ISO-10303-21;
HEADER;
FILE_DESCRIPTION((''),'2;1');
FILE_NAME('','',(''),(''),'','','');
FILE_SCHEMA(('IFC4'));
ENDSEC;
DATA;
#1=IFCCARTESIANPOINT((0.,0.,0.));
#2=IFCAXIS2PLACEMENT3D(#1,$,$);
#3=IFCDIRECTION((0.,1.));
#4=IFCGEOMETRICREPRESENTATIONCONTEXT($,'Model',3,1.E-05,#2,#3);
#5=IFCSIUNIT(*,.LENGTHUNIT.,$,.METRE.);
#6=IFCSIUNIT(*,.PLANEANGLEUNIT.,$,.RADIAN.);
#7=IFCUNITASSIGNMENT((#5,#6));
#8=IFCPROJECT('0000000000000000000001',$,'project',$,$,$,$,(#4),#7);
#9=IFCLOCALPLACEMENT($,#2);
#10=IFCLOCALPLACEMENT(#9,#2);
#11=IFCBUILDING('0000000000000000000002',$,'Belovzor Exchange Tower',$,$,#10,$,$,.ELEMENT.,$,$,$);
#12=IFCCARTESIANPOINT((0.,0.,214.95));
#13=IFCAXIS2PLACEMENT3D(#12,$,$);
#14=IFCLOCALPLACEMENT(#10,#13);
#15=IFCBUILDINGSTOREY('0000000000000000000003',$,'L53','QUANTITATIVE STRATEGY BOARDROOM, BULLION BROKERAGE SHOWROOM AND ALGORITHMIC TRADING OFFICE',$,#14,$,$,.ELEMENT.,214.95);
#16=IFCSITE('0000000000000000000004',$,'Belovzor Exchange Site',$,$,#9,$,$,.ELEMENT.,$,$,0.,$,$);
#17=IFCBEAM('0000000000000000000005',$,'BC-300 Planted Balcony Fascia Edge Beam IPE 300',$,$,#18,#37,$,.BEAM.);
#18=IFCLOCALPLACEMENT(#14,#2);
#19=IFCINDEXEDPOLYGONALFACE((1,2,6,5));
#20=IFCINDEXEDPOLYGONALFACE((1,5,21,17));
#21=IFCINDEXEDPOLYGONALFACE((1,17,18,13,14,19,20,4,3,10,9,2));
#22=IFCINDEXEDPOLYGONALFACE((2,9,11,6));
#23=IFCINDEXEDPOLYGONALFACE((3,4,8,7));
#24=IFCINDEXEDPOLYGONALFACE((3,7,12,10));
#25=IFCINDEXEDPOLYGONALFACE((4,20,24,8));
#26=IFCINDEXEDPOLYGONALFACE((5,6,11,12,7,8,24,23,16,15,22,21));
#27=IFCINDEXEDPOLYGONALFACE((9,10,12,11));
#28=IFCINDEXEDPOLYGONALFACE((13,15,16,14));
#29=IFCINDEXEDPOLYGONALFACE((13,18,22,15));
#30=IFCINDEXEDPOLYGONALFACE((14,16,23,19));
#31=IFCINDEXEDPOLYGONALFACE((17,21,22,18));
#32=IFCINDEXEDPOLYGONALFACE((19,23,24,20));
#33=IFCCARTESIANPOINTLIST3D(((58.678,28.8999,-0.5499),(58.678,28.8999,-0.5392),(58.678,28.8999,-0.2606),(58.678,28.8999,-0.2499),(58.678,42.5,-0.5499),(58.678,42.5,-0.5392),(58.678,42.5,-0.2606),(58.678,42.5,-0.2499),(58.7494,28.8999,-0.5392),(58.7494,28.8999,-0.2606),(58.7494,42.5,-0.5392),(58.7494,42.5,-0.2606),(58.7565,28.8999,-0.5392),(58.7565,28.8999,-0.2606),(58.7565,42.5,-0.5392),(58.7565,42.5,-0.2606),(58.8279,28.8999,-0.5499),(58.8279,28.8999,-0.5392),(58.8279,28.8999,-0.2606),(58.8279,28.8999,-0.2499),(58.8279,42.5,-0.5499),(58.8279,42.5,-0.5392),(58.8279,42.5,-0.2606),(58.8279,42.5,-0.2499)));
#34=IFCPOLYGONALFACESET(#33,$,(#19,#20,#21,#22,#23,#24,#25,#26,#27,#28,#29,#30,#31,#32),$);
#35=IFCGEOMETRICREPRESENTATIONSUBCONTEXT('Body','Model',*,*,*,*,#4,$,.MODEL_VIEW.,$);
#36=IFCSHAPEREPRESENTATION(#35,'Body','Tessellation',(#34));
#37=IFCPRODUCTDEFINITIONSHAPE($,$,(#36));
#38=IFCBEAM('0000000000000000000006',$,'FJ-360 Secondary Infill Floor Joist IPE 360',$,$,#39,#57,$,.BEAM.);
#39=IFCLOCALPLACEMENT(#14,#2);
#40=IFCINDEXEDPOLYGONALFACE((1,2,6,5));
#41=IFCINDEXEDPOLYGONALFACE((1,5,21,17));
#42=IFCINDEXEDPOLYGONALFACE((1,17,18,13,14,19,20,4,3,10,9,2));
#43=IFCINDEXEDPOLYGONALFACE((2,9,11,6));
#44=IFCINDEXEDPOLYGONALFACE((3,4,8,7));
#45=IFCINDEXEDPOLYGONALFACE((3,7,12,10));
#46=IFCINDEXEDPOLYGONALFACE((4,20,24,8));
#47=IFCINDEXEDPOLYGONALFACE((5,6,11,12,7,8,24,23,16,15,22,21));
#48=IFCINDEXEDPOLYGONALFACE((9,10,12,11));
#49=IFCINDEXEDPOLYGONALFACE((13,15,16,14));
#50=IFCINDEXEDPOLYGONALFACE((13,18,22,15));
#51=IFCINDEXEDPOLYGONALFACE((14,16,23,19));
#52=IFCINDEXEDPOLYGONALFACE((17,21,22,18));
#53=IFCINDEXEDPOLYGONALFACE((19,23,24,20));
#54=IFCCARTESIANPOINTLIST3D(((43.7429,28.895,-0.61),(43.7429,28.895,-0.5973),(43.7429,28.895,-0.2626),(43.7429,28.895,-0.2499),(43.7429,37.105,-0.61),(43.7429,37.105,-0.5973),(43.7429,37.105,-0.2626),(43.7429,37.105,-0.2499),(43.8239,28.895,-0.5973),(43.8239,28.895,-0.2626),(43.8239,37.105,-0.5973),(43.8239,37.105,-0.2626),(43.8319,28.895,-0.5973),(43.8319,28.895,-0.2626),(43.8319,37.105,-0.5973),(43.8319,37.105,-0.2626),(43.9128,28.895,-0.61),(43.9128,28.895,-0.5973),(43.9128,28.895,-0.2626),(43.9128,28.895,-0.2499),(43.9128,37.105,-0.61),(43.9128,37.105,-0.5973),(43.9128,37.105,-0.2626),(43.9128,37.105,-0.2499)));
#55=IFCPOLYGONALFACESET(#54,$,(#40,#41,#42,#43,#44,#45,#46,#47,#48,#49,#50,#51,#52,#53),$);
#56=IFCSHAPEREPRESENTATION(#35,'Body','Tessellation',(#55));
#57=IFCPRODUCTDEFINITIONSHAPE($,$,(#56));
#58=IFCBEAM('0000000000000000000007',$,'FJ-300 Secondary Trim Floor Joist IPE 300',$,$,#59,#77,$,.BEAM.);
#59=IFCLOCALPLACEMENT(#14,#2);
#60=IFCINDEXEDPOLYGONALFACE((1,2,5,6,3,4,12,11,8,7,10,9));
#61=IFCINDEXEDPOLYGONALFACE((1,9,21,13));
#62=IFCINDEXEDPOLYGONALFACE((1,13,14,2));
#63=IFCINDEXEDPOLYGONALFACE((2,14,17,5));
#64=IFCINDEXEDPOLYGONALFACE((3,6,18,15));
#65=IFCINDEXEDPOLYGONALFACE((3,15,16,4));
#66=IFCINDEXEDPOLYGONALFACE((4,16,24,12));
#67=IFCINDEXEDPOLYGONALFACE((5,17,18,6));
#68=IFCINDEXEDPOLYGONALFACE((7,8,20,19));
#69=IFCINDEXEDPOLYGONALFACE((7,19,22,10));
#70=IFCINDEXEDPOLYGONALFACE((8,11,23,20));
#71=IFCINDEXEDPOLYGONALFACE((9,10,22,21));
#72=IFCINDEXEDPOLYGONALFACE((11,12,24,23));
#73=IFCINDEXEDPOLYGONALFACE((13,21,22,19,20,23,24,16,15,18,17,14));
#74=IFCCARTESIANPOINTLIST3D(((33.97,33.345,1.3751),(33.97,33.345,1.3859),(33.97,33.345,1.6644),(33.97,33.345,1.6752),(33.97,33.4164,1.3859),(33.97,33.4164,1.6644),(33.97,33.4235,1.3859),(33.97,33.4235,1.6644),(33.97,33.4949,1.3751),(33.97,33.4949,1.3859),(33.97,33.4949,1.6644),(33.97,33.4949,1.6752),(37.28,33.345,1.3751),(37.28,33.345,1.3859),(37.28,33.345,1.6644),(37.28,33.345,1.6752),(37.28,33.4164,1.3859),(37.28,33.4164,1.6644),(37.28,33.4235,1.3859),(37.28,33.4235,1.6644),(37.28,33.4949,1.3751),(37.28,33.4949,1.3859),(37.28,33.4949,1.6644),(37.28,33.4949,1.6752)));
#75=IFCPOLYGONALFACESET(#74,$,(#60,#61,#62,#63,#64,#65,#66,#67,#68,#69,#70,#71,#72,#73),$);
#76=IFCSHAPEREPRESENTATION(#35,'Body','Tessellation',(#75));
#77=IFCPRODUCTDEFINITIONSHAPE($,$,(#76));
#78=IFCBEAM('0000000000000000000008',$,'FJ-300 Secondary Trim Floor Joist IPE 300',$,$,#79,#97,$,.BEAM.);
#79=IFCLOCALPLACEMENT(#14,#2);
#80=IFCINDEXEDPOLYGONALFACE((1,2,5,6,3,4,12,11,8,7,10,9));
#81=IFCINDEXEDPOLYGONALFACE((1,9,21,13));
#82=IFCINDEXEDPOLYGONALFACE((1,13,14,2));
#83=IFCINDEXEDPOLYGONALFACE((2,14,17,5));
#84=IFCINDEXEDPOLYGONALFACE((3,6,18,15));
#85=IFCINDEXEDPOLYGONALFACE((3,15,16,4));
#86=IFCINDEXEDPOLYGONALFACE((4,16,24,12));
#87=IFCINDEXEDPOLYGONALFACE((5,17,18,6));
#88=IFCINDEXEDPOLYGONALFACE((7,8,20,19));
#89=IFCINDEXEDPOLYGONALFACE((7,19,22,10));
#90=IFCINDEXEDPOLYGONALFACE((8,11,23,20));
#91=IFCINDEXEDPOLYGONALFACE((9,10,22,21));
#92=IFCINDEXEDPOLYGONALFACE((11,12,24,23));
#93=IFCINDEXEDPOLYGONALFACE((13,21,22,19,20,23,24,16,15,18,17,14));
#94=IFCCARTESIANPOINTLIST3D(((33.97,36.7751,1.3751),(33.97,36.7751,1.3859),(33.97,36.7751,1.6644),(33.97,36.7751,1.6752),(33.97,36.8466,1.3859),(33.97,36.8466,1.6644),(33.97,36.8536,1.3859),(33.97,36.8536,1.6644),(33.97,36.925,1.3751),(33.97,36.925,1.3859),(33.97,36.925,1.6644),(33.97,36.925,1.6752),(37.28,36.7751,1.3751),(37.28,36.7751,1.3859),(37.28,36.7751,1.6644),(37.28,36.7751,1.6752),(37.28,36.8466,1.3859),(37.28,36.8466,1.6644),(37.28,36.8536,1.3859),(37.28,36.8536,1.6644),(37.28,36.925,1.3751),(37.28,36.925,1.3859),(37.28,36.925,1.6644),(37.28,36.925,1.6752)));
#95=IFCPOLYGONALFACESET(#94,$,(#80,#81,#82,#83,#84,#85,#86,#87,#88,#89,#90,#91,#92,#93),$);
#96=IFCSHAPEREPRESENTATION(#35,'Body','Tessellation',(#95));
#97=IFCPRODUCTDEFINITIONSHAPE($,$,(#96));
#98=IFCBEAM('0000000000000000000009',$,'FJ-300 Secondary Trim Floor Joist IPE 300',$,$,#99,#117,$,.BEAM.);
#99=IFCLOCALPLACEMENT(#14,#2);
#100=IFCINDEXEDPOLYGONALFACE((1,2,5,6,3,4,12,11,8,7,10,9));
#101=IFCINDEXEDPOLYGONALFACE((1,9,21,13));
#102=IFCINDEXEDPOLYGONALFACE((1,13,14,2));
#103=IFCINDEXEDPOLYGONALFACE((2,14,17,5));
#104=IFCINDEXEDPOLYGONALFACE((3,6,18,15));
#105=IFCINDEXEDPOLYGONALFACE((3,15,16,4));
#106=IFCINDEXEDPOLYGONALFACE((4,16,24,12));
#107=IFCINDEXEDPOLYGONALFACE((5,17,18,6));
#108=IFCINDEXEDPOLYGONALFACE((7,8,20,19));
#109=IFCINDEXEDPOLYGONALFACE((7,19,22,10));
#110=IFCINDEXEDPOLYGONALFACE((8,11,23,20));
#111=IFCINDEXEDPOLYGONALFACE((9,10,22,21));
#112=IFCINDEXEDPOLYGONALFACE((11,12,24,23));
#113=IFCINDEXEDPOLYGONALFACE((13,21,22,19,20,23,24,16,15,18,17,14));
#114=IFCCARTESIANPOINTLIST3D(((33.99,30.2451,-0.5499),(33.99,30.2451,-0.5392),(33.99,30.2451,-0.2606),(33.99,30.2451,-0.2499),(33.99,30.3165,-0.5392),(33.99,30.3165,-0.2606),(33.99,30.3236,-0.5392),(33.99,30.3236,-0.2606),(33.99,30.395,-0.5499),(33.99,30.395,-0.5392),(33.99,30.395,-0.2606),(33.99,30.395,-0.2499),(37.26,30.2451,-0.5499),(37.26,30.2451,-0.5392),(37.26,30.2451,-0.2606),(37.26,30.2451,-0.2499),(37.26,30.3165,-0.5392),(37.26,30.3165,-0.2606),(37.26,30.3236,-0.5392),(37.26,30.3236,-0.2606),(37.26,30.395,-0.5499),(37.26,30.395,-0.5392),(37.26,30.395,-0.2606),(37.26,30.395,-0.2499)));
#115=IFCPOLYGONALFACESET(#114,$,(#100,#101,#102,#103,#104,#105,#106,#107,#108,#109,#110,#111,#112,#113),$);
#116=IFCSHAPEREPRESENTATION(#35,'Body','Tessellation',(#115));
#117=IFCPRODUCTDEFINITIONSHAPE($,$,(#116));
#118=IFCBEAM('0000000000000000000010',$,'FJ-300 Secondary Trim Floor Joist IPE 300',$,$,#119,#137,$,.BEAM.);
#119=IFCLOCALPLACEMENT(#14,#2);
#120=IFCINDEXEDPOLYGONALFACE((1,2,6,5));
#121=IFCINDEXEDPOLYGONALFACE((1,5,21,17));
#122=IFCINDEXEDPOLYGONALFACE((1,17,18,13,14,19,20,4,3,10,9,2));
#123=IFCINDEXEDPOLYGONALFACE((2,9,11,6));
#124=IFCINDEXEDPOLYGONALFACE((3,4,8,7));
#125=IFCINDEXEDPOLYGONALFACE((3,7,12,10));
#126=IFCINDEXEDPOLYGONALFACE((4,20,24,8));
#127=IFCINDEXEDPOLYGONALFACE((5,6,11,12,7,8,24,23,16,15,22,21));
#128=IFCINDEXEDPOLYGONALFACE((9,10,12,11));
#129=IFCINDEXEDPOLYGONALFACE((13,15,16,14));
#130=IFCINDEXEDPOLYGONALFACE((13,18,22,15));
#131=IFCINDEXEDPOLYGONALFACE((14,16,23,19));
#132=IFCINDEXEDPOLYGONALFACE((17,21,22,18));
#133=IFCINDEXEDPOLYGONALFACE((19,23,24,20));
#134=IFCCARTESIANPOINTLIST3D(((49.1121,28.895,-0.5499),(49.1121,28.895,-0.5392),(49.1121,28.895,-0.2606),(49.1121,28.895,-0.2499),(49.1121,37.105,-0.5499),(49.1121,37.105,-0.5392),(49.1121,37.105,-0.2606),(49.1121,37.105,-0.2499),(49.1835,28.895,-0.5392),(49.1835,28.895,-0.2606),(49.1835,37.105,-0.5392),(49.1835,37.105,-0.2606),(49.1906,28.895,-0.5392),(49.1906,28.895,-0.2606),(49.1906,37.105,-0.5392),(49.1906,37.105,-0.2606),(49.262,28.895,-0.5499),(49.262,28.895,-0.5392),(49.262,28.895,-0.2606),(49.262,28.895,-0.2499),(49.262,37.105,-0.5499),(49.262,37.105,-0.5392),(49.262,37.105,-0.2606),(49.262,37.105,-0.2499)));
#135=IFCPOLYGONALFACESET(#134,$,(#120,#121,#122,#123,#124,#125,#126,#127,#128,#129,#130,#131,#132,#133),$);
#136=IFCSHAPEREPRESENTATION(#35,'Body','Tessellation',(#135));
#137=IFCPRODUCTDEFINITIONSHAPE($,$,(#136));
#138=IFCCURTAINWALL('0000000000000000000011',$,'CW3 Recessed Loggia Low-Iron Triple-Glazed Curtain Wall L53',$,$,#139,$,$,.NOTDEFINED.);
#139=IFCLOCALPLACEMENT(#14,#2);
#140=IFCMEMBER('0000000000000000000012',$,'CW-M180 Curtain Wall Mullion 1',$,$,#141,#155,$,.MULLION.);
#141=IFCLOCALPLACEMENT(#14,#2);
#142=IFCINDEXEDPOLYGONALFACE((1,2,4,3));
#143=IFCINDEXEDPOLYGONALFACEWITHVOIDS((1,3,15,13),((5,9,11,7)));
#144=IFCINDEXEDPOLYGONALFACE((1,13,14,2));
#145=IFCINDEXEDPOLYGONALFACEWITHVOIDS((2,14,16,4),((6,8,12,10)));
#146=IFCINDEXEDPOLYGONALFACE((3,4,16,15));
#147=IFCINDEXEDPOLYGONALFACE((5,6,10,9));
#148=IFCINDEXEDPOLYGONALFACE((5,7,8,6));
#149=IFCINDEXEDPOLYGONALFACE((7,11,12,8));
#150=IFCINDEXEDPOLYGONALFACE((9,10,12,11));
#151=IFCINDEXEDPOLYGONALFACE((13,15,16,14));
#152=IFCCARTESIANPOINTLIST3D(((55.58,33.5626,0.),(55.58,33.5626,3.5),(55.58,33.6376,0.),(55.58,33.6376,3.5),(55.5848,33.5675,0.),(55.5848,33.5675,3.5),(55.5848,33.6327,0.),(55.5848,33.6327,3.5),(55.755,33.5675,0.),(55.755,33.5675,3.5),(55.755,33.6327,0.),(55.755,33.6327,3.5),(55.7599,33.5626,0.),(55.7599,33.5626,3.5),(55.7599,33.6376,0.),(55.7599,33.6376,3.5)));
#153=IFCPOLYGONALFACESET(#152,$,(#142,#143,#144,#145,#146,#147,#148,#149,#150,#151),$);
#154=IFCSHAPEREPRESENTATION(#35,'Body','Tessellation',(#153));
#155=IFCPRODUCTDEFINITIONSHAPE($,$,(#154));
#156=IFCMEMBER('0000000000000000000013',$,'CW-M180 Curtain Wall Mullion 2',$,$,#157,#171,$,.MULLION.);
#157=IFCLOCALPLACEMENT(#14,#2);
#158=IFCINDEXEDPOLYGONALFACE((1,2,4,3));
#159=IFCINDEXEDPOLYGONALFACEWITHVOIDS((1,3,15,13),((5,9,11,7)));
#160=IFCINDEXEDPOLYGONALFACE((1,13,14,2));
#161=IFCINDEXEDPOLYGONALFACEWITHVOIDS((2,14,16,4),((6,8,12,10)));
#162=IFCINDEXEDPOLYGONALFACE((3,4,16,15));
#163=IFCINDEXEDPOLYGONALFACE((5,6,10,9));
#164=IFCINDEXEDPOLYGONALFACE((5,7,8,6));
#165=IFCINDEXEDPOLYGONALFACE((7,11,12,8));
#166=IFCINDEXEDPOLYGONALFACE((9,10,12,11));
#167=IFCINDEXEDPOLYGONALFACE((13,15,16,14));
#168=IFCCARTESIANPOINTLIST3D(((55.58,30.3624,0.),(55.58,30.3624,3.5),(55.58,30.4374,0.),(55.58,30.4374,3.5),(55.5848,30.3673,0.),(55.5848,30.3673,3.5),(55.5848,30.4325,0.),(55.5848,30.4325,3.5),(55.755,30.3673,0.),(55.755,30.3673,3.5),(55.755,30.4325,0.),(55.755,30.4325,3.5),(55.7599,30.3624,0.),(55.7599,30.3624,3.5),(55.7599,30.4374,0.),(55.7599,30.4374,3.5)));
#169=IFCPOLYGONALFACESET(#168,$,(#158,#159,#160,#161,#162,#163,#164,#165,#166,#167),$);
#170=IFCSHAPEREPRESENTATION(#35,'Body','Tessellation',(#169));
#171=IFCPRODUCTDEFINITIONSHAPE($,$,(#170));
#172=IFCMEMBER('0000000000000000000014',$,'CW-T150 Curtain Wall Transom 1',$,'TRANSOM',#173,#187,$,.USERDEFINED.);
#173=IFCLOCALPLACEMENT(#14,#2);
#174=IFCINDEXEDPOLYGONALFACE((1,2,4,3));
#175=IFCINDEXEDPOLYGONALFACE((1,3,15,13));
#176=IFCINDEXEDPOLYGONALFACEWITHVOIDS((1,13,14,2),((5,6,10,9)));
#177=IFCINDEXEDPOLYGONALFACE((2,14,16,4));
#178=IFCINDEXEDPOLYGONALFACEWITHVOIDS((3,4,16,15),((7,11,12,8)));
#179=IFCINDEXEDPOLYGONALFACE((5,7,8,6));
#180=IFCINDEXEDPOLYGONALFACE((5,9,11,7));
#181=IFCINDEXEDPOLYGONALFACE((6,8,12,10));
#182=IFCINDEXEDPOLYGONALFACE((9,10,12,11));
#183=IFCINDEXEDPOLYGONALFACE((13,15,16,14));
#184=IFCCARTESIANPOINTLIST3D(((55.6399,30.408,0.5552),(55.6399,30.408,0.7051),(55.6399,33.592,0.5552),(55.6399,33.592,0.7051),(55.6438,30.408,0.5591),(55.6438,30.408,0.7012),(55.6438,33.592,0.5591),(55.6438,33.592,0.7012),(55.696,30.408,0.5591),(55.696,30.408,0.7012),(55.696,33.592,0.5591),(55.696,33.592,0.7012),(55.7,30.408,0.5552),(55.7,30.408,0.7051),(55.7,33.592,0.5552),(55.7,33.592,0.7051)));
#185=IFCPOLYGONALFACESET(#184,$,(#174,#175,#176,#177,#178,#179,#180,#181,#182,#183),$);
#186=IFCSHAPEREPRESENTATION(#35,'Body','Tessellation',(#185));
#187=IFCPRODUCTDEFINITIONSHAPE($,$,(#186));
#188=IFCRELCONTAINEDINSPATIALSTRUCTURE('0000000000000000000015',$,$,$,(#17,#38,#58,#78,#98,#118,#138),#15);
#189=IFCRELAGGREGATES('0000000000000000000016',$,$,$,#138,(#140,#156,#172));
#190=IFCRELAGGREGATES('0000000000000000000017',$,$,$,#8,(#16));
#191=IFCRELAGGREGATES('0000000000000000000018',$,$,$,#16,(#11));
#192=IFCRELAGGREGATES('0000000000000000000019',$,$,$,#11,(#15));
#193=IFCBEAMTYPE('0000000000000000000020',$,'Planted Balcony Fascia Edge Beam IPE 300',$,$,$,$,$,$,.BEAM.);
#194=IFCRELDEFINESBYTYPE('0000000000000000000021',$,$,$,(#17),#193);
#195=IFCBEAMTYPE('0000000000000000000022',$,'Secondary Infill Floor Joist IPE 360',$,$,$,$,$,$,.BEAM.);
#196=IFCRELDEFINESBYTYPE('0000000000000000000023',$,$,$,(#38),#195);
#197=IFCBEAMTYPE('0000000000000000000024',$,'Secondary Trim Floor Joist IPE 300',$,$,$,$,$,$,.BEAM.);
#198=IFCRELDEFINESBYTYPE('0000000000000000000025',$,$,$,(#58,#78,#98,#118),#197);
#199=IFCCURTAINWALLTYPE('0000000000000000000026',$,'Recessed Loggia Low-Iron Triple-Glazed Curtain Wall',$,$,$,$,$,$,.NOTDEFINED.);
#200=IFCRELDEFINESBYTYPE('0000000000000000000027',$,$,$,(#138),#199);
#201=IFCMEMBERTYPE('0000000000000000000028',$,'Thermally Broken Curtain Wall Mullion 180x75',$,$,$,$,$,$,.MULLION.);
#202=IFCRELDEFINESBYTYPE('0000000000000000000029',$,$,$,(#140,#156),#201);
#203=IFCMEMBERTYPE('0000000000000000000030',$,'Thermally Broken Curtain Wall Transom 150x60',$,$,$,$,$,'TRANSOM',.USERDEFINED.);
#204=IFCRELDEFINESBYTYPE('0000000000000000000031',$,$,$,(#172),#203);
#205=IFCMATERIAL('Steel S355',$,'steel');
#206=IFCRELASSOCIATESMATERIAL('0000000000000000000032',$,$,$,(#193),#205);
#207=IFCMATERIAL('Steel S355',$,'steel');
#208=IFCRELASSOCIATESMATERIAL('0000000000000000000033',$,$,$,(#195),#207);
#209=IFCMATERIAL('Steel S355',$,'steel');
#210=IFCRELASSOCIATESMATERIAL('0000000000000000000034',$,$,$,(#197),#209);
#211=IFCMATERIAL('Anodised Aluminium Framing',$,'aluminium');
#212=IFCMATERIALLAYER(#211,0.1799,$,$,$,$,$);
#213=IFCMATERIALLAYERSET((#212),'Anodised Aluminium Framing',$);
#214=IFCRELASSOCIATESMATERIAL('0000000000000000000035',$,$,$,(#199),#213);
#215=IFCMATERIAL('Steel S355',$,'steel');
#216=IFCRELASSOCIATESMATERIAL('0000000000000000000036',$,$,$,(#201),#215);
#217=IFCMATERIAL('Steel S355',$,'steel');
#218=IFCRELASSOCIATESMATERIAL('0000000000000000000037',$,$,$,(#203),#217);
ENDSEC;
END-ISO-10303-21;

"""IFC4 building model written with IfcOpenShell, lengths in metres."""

from ifc_helpers import new_model, si_unit, direction, frame, origin, origin_2d, place, context, subcontext, project, spatial, hollow_rectangle, i_section, extrude, material, layer, layer_set, material_profile, profile_set, type_object, element, aggregate, save


model = new_model("IFC4")

# Units and contexts
model_context = context("Model", 3, precision=1e-05, world=origin(), true_north=direction((0.0, 1.0)))
body_context = subcontext(model_context, "Body", "Model", "MODEL_VIEW")
ifc_project = project(units=[si_unit("LENGTHUNIT", "METRE"), si_unit("PLANEANGLEUNIT", "RADIAN")], contexts=[model_context])

# Site, building, storey
site_placement = place(None, origin())
site = spatial("IfcSite", under=ifc_project, at=site_placement, Name="Belovzor Exchange Site", CompositionType="ELEMENT", RefElevation=0.0)
building_placement = place(site_placement, origin())
building = spatial("IfcBuilding", under=site, at=building_placement, Name="Belovzor Exchange Tower", CompositionType="ELEMENT")
storey_placement = place(building_placement, frame((0.0, 0.0, 214.95)))
storey = spatial("IfcBuildingStorey", under=building, at=storey_placement, Name="L53", Description="QUANTITATIVE STRATEGY BOARDROOM, BULLION BROKERAGE SHOWROOM AND ALGORITHMIC TRADING OFFICE", CompositionType="ELEMENT", Elevation=214.95)

# Beams
ifc_material_1 = material(Name="Steel S355", Category="steel")
ifc_material_profile_1 = material_profile(ifc_material_1, i_section(OverallWidth=0.1499, OverallDepth=0.3, WebThickness=0.0071, FlangeThickness=0.0107, at=origin_2d()))
ifc_profile_set_1 = profile_set([ifc_material_profile_1], Name="Steel S355")
beam_type_1 = type_object("IfcBeamType", Name="Planted Balcony Fascia Edge Beam IPE 300", PredefinedType="BEAM", material=ifc_profile_set_1)
beam_1_placement = place(storey_placement, frame((58.7529, 28.8999, -0.3999), z_axis=(0.0, 1.0, 0.0), x_axis=(-1.0, 0.0, 0.0)))
element("IfcBeam", 1, at=beam_1_placement, inside=storey, type_object=beam_type_1, Name="BC-300 Planted Balcony Fascia Edge Beam IPE 300", PredefinedType="BEAM", context=body_context, shape_type="SweptSolid", body=[
    extrude(i_section(OverallWidth=0.1499, OverallDepth=0.3, WebThickness=0.0071, FlangeThickness=0.0107, at=origin_2d()), origin(), (0.0, 0.0, 1.0), 13.6001),
])
ifc_material_2 = material(Name="Steel S355", Category="steel")
ifc_material_profile_2 = material_profile(ifc_material_2, i_section(OverallWidth=0.1699, OverallDepth=0.3601, WebThickness=0.0081, FlangeThickness=0.0127, at=origin_2d()))
ifc_profile_set_2 = profile_set([ifc_material_profile_2], Name="Steel S355")
beam_type_2 = type_object("IfcBeamType", Name="Secondary Infill Floor Joist IPE 360", PredefinedType="BEAM", material=ifc_profile_set_2)
beam_2_placement = place(storey_placement, frame((43.8279, 28.895, -0.4299), z_axis=(0.0, 1.0, 0.0), x_axis=(-1.0, 0.0, 0.0)))
element("IfcBeam", 2, at=beam_2_placement, inside=storey, type_object=beam_type_2, Name="FJ-360 Secondary Infill Floor Joist IPE 360", PredefinedType="BEAM", context=body_context, shape_type="SweptSolid", body=[
    extrude(i_section(OverallWidth=0.1699, OverallDepth=0.3601, WebThickness=0.0081, FlangeThickness=0.0127, at=origin_2d()), origin(), (0.0, 0.0, 1.0), 8.21),
])
ifc_material_3 = material(Name="Steel S355", Category="steel")
ifc_material_profile_3 = material_profile(ifc_material_3, i_section(OverallWidth=0.1499, OverallDepth=0.3, WebThickness=0.0071, FlangeThickness=0.0107, at=origin_2d()))
ifc_profile_set_3 = profile_set([ifc_material_profile_3], Name="Steel S355")
beam_type_3 = type_object("IfcBeamType", Name="Secondary Trim Floor Joist IPE 300", PredefinedType="BEAM", material=ifc_profile_set_3)
for number, where, z_axis, x_axis, name in (
    (3, (37.28, 33.4199, 1.5251), (-1.0, 0.0, 0.0), (0.0, -1.0, 0.0), "FJ-300 Secondary Trim Floor Joist IPE 300"),
    (4, (37.28, 36.8501, 1.5251), (-1.0, 0.0, 0.0), (0.0, -1.0, 0.0), "FJ-300 Secondary Trim Floor Joist IPE 300"),
):
    element("IfcBeam", number, at=place(storey_placement, frame(where, z_axis=z_axis, x_axis=x_axis)), inside=storey, type_object=beam_type_3, Name=name, PredefinedType="BEAM", context=body_context, shape_type="SweptSolid", body=[
        extrude(i_section(OverallWidth=0.1499, OverallDepth=0.3, WebThickness=0.0071, FlangeThickness=0.0107, at=origin_2d()), origin(), (0.0, 0.0, 1.0), 3.3101),
    ])
beam_3_placement = place(storey_placement, frame((37.26, 30.3201, -0.3999), z_axis=(-1.0, 0.0, 0.0), x_axis=(0.0, -1.0, 0.0)))
element("IfcBeam", 5, at=beam_3_placement, inside=storey, type_object=beam_type_3, Name="FJ-300 Secondary Trim Floor Joist IPE 300", PredefinedType="BEAM", context=body_context, shape_type="SweptSolid", body=[
    extrude(i_section(OverallWidth=0.1499, OverallDepth=0.3, WebThickness=0.0071, FlangeThickness=0.0107, at=origin_2d()), origin(), (0.0, 0.0, 1.0), 3.27),
])
beam_4_placement = place(storey_placement, frame((49.187, 28.895, -0.3999), z_axis=(0.0, 1.0, 0.0), x_axis=(-1.0, 0.0, 0.0)))
element("IfcBeam", 6, at=beam_4_placement, inside=storey, type_object=beam_type_3, Name="FJ-300 Secondary Trim Floor Joist IPE 300", PredefinedType="BEAM", context=body_context, shape_type="SweptSolid", body=[
    extrude(i_section(OverallWidth=0.1499, OverallDepth=0.3, WebThickness=0.0071, FlangeThickness=0.0107, at=origin_2d()), origin(), (0.0, 0.0, 1.0), 8.21),
])

# Curtain wall, members
ifc_material_4 = material(Name="Anodised Aluminium Framing", Category="aluminium")
ifc_layer_1 = layer(ifc_material_4, 0.1799)
ifc_layer_set_1 = layer_set([ifc_layer_1], Name="Anodised Aluminium Framing")
curtain_wall_type = type_object("IfcCurtainWallType", Name="Recessed Loggia Low-Iron Triple-Glazed Curtain Wall", PredefinedType="NOTDEFINED", material=ifc_layer_set_1)
curtain_wall_placement = place(storey_placement, origin())
curtain_wall = element("IfcCurtainWall", 7, at=curtain_wall_placement, inside=storey, type_object=curtain_wall_type, Name="CW3 Recessed Loggia Low-Iron Triple-Glazed Curtain Wall L53", PredefinedType="NOTDEFINED")
ifc_material_5 = material(Name="Steel S355", Category="steel")
ifc_material_profile_4 = material_profile(ifc_material_5, hollow_rectangle(XDim=0.075, YDim=0.1799, WallThickness=0.0049, at=origin_2d()))
ifc_profile_set_4 = profile_set([ifc_material_profile_4], Name="Steel S355")
member_type_1 = type_object("IfcMemberType", Name="Thermally Broken Curtain Wall Mullion 180x75", PredefinedType="MULLION", material=ifc_profile_set_4)
member_1_placement = place(storey_placement, frame((55.6699, 33.6001, 0.0), z_axis=(0.0, 0.0, 1.0), x_axis=(0.0, -1.0, 0.0)))
member_1 = element("IfcMember", 8, at=member_1_placement, type_object=member_type_1, Name="CW-M180 Curtain Wall Mullion 1", PredefinedType="MULLION", context=body_context, shape_type="SweptSolid", body=[
    extrude(hollow_rectangle(XDim=0.075, YDim=0.1799, WallThickness=0.0049, at=origin_2d()), origin(), (0.0, 0.0, 1.0), 3.5),
])
member_2_placement = place(storey_placement, frame((55.6699, 30.3999, 0.0), z_axis=(0.0, 0.0, 1.0), x_axis=(0.0, -1.0, 0.0)))
member_2 = element("IfcMember", 9, at=member_2_placement, type_object=member_type_1, Name="CW-M180 Curtain Wall Mullion 2", PredefinedType="MULLION", context=body_context, shape_type="SweptSolid", body=[
    extrude(hollow_rectangle(XDim=0.075, YDim=0.1799, WallThickness=0.0049, at=origin_2d()), origin(), (0.0, 0.0, 1.0), 3.5),
])
ifc_material_6 = material(Name="Steel S355", Category="steel")
ifc_material_profile_5 = material_profile(ifc_material_6, hollow_rectangle(XDim=0.0601, YDim=0.1499, WallThickness=0.0039, at=origin_2d()))
ifc_profile_set_5 = profile_set([ifc_material_profile_5], Name="Steel S355")
member_type_2 = type_object("IfcMemberType", Name="Thermally Broken Curtain Wall Transom 150x60", ElementType="TRANSOM", PredefinedType="USERDEFINED", material=ifc_profile_set_5)
member_3_placement = place(storey_placement, frame((55.6699, 33.592, 0.6301), z_axis=(0.0, -1.0, 0.0), x_axis=(1.0, 0.0, 0.0)))
member_3 = element("IfcMember", 10, at=member_3_placement, type_object=member_type_2, Name="CW-T150 Curtain Wall Transom 1", ObjectType="TRANSOM", PredefinedType="USERDEFINED", context=body_context, shape_type="SweptSolid", body=[
    extrude(hollow_rectangle(XDim=0.0601, YDim=0.1499, WallThickness=0.0039, at=origin_2d()), origin(), (0.0, 0.0, 1.0), 3.1841),
])

aggregate(curtain_wall, [member_1, member_2, member_3])

save(model, "model.ifc")
